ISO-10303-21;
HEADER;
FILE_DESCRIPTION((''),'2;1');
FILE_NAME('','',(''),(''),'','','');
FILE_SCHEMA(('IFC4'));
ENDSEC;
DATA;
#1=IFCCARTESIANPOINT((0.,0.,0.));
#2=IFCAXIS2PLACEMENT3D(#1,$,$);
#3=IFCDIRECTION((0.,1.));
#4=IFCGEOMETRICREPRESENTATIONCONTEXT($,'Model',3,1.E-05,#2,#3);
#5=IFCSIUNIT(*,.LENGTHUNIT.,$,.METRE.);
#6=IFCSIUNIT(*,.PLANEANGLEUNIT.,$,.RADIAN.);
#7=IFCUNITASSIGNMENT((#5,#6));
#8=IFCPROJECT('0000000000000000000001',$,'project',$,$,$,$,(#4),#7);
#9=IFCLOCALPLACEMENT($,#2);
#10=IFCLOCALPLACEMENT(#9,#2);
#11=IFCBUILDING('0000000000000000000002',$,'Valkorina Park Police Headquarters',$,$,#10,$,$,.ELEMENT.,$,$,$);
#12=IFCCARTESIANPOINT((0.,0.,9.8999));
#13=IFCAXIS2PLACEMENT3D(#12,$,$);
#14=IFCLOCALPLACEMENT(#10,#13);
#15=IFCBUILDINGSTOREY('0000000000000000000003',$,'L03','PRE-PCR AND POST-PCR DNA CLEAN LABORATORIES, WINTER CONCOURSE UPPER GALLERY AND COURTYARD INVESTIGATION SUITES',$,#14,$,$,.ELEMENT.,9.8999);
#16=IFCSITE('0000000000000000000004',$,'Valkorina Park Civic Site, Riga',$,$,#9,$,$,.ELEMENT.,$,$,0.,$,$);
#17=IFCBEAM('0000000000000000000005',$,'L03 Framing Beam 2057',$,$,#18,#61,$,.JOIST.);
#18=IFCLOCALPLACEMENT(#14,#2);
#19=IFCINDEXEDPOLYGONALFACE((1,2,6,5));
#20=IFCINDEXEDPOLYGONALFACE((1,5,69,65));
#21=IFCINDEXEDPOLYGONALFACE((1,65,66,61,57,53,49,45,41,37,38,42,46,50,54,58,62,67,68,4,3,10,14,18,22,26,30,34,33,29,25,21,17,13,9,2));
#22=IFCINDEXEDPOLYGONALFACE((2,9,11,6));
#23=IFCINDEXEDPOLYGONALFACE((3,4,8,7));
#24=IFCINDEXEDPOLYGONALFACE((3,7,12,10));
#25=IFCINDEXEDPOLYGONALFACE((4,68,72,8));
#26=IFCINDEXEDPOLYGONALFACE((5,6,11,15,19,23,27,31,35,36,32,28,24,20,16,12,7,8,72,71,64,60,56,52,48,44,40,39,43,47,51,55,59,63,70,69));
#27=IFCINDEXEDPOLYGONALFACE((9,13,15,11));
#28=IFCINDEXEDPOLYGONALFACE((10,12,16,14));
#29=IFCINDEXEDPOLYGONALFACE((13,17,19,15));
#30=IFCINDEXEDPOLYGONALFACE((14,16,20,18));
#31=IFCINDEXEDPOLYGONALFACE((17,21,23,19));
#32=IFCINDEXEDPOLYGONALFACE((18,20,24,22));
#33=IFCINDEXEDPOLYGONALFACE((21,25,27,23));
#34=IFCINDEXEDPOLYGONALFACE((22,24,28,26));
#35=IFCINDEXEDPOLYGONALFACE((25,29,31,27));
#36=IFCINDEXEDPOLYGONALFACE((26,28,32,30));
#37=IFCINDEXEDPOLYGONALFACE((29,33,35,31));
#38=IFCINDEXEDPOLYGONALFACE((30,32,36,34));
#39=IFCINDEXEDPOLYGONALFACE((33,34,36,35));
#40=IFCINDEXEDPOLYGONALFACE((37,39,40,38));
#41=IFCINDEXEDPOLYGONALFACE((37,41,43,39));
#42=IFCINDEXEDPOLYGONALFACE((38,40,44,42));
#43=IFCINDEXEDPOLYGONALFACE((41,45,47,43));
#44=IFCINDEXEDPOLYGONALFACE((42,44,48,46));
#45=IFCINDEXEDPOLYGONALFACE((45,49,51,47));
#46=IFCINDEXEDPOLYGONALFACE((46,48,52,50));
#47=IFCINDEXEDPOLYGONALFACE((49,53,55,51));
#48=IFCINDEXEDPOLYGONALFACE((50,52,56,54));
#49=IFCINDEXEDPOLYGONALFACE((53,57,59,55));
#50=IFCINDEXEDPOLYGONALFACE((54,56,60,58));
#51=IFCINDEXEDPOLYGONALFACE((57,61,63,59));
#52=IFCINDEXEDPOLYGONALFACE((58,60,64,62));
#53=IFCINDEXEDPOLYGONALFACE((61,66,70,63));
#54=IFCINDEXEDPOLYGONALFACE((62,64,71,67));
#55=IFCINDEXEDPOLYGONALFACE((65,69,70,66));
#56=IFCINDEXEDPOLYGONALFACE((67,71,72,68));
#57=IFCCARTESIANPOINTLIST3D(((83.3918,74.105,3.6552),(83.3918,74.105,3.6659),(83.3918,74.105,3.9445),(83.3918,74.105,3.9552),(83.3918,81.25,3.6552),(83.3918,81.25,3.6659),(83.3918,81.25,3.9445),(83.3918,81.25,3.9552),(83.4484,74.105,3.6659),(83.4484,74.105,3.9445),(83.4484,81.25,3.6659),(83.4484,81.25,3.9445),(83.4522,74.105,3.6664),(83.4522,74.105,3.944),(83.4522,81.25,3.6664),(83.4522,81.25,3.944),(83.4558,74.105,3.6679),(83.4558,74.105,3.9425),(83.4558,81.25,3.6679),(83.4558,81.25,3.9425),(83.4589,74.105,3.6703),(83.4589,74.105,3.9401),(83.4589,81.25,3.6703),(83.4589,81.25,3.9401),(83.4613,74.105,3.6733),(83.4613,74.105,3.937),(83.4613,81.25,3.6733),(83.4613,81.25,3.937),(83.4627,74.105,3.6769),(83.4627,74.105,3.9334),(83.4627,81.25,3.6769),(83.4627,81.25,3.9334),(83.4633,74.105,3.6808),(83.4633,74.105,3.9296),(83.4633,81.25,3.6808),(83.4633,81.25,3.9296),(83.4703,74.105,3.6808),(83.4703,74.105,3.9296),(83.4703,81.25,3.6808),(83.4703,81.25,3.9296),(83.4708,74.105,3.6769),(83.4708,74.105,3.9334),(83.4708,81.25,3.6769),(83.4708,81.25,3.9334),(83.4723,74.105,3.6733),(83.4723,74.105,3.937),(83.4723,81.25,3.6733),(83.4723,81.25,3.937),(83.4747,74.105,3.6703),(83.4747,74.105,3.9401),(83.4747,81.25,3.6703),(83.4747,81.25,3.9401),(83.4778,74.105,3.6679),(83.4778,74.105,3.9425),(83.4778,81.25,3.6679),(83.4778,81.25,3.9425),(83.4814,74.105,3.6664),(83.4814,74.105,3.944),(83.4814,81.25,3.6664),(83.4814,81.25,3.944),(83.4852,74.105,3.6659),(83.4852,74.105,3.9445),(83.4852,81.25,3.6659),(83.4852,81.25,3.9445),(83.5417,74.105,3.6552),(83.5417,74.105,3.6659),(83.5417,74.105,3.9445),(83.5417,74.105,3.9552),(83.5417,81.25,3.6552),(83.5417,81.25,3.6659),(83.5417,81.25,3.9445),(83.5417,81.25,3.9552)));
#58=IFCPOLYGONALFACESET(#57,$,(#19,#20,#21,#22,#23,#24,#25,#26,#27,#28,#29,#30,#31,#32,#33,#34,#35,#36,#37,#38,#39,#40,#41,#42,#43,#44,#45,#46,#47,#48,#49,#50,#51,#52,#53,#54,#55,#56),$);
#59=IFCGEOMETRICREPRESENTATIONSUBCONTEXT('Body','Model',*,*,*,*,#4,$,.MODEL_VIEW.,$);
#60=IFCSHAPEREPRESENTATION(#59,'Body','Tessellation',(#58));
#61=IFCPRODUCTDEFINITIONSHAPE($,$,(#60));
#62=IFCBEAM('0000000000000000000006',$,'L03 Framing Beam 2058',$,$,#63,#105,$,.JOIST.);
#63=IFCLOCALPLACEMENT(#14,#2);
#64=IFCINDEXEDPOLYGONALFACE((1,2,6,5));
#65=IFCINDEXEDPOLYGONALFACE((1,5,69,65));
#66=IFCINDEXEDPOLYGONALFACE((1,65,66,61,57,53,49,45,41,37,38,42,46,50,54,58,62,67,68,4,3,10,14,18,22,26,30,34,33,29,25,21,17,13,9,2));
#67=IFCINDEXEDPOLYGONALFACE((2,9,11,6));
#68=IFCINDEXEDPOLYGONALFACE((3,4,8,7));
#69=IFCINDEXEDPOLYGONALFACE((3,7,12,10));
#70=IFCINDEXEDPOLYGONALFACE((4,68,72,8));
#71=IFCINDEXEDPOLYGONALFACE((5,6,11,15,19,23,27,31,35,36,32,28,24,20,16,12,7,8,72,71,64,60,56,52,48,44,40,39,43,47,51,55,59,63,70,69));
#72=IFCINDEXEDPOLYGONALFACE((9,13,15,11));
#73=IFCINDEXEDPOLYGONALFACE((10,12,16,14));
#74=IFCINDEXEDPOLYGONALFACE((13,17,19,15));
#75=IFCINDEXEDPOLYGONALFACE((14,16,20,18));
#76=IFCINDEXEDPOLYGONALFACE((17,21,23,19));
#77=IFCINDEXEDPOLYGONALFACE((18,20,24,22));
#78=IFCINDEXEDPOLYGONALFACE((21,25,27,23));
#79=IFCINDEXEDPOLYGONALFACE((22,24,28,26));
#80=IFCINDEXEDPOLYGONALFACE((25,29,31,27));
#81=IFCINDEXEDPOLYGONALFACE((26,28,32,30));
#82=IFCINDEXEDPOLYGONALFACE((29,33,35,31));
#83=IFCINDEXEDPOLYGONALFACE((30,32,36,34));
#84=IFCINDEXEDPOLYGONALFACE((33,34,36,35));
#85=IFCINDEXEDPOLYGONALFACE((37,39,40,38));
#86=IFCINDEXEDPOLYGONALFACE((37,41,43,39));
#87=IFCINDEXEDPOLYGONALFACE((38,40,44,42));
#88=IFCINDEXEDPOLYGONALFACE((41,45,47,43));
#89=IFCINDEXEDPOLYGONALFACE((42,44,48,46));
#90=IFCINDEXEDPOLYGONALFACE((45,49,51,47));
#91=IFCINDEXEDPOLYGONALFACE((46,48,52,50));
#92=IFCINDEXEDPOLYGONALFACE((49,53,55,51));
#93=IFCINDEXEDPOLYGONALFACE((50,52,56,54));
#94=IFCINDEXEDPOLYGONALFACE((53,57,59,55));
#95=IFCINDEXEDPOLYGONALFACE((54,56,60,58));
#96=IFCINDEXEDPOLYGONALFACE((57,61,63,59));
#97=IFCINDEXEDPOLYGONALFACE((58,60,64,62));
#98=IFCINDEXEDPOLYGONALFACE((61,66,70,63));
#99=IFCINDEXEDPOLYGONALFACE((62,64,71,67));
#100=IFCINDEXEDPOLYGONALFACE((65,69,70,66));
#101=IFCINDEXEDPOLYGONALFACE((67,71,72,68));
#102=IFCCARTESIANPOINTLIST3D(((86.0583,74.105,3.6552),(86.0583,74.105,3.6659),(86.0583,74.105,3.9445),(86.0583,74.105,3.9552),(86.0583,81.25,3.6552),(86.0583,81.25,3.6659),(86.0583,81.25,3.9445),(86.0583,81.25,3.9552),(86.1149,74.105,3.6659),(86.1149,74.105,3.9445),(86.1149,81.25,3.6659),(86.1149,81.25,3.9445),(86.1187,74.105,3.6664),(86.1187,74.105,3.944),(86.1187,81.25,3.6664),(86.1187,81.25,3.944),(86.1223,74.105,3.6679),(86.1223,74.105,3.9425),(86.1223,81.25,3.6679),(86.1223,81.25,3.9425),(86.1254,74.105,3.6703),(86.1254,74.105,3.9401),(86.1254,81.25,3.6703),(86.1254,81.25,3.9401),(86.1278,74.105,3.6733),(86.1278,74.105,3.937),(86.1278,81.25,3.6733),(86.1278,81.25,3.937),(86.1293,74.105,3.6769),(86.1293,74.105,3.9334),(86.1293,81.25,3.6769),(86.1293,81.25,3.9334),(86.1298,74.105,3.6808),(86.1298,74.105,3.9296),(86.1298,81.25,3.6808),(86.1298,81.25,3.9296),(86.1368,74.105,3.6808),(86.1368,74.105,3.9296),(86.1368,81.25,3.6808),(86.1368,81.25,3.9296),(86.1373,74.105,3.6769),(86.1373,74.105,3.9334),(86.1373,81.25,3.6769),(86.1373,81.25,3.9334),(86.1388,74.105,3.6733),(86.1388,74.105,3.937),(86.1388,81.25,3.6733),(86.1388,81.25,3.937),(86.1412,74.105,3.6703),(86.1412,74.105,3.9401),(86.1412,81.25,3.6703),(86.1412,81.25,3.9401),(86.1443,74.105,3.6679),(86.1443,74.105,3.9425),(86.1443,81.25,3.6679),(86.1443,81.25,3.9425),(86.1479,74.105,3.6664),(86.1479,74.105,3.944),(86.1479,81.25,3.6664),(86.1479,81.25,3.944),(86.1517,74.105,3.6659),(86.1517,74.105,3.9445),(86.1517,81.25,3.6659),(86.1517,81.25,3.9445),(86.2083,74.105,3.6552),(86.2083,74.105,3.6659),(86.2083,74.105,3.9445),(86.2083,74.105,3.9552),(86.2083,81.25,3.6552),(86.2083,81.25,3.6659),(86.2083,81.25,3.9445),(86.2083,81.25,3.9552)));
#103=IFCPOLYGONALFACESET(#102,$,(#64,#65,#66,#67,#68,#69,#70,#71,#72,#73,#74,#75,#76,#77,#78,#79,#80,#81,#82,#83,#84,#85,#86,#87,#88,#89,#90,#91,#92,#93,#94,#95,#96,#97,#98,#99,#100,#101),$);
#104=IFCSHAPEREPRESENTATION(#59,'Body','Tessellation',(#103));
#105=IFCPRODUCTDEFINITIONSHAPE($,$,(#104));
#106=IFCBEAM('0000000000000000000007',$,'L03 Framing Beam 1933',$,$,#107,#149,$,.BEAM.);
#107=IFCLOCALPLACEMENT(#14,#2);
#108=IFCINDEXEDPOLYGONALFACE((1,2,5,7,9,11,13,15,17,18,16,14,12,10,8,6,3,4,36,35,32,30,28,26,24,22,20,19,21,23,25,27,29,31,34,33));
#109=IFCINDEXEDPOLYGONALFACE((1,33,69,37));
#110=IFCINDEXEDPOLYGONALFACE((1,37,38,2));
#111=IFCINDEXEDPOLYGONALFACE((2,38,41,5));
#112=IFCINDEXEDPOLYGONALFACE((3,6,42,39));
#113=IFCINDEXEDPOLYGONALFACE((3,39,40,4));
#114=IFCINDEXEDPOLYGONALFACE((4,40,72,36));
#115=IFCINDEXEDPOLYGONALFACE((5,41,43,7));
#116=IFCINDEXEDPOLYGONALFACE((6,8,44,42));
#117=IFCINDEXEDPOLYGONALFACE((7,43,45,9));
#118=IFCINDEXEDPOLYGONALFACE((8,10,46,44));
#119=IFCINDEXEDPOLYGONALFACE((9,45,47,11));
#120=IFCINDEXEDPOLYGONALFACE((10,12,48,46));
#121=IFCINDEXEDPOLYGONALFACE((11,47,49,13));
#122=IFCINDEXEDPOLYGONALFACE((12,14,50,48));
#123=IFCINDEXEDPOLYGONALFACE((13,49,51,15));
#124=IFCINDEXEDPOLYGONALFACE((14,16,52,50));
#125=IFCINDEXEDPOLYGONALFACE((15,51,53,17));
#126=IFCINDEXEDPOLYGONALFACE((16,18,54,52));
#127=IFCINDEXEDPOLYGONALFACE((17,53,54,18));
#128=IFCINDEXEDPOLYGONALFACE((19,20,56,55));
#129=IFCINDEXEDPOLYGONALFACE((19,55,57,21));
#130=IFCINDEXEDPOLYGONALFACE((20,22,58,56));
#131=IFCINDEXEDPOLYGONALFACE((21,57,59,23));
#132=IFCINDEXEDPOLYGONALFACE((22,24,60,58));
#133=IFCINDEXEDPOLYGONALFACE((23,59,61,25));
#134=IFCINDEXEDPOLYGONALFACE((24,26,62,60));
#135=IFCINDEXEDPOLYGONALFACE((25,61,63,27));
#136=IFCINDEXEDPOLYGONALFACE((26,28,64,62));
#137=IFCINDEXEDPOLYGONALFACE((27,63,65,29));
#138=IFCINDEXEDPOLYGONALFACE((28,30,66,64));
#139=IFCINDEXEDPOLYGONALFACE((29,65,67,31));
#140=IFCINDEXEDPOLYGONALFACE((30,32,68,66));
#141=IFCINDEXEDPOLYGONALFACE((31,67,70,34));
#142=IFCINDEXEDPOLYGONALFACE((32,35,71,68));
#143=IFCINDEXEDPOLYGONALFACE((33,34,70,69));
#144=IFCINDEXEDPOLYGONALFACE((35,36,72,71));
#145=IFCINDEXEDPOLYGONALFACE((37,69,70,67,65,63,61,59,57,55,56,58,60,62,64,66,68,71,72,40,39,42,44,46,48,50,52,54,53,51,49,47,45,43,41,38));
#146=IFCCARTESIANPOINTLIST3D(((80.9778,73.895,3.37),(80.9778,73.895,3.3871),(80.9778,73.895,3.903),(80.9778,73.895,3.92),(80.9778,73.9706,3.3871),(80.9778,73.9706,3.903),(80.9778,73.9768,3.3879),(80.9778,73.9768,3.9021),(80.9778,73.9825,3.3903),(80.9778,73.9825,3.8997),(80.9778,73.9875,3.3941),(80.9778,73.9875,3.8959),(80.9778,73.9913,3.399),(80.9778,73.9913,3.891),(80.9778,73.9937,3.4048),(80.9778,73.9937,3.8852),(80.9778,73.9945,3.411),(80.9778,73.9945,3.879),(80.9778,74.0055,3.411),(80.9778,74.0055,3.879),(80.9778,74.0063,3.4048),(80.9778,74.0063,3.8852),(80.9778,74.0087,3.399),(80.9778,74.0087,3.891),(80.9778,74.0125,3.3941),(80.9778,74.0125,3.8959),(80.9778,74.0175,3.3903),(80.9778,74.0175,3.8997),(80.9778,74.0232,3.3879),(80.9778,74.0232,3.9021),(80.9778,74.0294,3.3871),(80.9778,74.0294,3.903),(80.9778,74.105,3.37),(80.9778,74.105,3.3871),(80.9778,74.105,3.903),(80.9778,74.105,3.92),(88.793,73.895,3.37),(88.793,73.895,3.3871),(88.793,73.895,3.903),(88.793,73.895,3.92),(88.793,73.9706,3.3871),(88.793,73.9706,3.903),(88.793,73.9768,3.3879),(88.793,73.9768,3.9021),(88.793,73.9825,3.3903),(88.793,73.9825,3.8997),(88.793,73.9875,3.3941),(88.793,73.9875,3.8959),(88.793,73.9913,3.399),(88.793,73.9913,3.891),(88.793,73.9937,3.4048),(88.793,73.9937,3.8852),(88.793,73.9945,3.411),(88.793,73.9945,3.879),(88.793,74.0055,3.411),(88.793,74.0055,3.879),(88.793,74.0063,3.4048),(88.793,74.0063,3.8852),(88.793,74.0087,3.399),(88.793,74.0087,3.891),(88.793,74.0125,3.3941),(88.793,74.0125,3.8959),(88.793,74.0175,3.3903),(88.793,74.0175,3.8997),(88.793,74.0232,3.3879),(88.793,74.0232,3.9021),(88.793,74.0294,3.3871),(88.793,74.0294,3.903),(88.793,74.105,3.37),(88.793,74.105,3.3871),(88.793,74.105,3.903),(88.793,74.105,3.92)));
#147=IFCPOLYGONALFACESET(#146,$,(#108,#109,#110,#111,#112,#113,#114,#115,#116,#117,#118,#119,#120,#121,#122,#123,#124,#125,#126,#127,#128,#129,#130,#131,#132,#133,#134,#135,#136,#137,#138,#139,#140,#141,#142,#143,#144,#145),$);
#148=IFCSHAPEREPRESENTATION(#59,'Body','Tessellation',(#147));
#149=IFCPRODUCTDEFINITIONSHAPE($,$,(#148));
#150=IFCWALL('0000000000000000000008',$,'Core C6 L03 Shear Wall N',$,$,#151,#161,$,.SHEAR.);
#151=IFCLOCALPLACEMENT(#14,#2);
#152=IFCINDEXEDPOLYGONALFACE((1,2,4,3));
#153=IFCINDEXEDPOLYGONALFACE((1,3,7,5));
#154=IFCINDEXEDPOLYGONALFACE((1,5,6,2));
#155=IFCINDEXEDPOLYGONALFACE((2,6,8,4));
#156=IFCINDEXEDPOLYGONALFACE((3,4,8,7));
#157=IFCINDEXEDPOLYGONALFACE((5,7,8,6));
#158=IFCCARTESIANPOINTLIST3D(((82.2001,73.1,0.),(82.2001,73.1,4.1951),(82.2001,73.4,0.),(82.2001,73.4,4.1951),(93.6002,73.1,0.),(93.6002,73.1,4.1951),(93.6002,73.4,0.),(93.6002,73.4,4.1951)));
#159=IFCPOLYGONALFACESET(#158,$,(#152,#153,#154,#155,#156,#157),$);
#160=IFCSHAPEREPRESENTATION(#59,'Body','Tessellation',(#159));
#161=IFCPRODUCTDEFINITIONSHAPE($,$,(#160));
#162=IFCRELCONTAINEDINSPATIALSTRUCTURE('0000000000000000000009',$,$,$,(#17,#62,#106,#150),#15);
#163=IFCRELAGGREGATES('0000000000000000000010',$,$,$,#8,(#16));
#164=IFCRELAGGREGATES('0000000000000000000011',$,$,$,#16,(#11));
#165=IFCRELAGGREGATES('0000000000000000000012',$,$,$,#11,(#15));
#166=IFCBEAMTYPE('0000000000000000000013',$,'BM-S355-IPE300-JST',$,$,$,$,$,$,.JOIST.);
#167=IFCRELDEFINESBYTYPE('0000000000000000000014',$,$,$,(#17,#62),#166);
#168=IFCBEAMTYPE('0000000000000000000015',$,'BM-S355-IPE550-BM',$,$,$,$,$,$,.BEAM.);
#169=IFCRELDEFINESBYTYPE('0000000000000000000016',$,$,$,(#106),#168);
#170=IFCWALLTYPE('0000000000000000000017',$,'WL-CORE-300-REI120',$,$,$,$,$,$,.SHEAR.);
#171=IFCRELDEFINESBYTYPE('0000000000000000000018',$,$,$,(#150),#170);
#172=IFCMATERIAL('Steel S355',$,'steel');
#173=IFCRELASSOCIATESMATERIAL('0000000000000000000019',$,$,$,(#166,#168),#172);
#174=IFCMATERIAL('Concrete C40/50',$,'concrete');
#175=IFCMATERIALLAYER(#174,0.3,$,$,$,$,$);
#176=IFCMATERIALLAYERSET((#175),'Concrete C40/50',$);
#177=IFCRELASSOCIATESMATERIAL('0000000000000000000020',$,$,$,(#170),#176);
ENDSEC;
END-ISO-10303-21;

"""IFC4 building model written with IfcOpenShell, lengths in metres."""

from ifc_helpers import new_model, si_unit, direction, frame, frame_2d, origin, origin_2d, place, context, subcontext, project, spatial, rectangle, i_section, extrude, material, layer, layer_set, material_profile, profile_set, type_object, element, save


model = new_model("IFC4")

# Units and contexts
model_context = context("Model", 3, precision=1e-05, world=origin(), true_north=direction((0.0, 1.0)))
body_context = subcontext(model_context, "Body", "Model", "MODEL_VIEW")
ifc_project = project(units=[si_unit("LENGTHUNIT", "METRE"), si_unit("PLANEANGLEUNIT", "RADIAN")], contexts=[model_context])

# Site, building, storey
site_placement = place(None, origin())
site = spatial("IfcSite", under=ifc_project, at=site_placement, Name="Valkorina Park Civic Site, Riga", CompositionType="ELEMENT", RefElevation=0.0)
building_placement = place(site_placement, origin())
building = spatial("IfcBuilding", under=site, at=building_placement, Name="Valkorina Park Police Headquarters", CompositionType="ELEMENT")
storey_placement = place(building_placement, frame((0.0, 0.0, 9.8999)))
storey = spatial("IfcBuildingStorey", under=building, at=storey_placement, Name="L03", Description="PRE-PCR AND POST-PCR DNA CLEAN LABORATORIES, WINTER CONCOURSE UPPER GALLERY AND COURTYARD INVESTIGATION SUITES", CompositionType="ELEMENT", Elevation=9.8999)

# Shared definitions
ifc_material_1 = material(Name="Steel S355", Category="steel")

# Beams
ifc_material_profile_1 = material_profile(ifc_material_1, i_section(OverallWidth=0.1499, OverallDepth=0.3, WebThickness=0.0071, FlangeThickness=0.0107, FilletRadius=0.0149, at=origin_2d()), Name="IPE 300")
ifc_profile_set_1 = profile_set([ifc_material_profile_1], Name="Steel S355")
beam_type_1 = type_object("IfcBeamType", Name="BM-S355-IPE300-JST", PredefinedType="JOIST", material=ifc_profile_set_1)
for number, where, z_axis, x_axis, name in (
    (1, (83.4668, 74.105, 3.8052), (0.0, 1.0, 0.0), (-1.0, 0.0, 0.0), "L03 Framing Beam 2057"),
    (2, (86.1333, 74.105, 3.8052), (0.0, 1.0, 0.0), (-1.0, 0.0, 0.0), "L03 Framing Beam 2058"),
):
    element("IfcBeam", number, at=place(storey_placement, frame(where, z_axis=z_axis, x_axis=x_axis)), inside=storey, type_object=beam_type_1, Name=name, PredefinedType="JOIST", context=body_context, shape_type="SweptSolid", body=[
        extrude(i_section(OverallWidth=0.1499, OverallDepth=0.3, WebThickness=0.0071, FlangeThickness=0.0107, FilletRadius=0.0149, at=origin_2d()), origin(), (0.0, 0.0, 1.0), 7.145),
    ])
ifc_material_profile_2 = material_profile(ifc_material_1, i_section(OverallWidth=0.21, OverallDepth=0.55, WebThickness=0.011, FlangeThickness=0.0171, FilletRadius=0.0239, at=origin_2d()), Name="IPE 550")
ifc_profile_set_2 = profile_set([ifc_material_profile_2], Name="Steel S355")
beam_type_2 = type_object("IfcBeamType", Name="BM-S355-IPE550-BM", PredefinedType="BEAM", material=ifc_profile_set_2)
beam_1_placement = place(storey_placement, frame((80.9778, 74.0, 3.645), z_axis=(1.0, 0.0, 0.0), x_axis=(0.0, 1.0, 0.0)))
element("IfcBeam", 3, at=beam_1_placement, inside=storey, type_object=beam_type_2, Name="L03 Framing Beam 1933", PredefinedType="BEAM", context=body_context, shape_type="SweptSolid", body=[
    extrude(i_section(OverallWidth=0.21, OverallDepth=0.55, WebThickness=0.011, FlangeThickness=0.0171, FilletRadius=0.0239, at=origin_2d()), origin(), (0.0, 0.0, 1.0), 7.8152),
])

# Wall
ifc_material_2 = material(Name="Concrete C40/50", Category="concrete")
ifc_layer_1 = layer(ifc_material_2, 0.3)
ifc_layer_set_1 = layer_set([ifc_layer_1], Name="Concrete C40/50")
wall_type_1 = type_object("IfcWallType", Name="WL-CORE-300-REI120", PredefinedType="SHEAR", material=ifc_layer_set_1)
wall_1_placement = place(storey_placement, frame((82.2, 73.25, 0.0), z_axis=(0.0, 0.0, 1.0), x_axis=(1.0, 0.0, 0.0)))
element("IfcWall", 4, at=wall_1_placement, inside=storey, type_object=wall_type_1, Name="Core C6 L03 Shear Wall N", PredefinedType="SHEAR", context=body_context, shape_type="SweptSolid", body=[
    extrude(rectangle(XDim=11.4001, YDim=0.3, at=frame_2d((5.7002, 0.0))), origin(), (0.0, 0.0, 1.0), 4.1951),
])

save(model, "model.ifc")
